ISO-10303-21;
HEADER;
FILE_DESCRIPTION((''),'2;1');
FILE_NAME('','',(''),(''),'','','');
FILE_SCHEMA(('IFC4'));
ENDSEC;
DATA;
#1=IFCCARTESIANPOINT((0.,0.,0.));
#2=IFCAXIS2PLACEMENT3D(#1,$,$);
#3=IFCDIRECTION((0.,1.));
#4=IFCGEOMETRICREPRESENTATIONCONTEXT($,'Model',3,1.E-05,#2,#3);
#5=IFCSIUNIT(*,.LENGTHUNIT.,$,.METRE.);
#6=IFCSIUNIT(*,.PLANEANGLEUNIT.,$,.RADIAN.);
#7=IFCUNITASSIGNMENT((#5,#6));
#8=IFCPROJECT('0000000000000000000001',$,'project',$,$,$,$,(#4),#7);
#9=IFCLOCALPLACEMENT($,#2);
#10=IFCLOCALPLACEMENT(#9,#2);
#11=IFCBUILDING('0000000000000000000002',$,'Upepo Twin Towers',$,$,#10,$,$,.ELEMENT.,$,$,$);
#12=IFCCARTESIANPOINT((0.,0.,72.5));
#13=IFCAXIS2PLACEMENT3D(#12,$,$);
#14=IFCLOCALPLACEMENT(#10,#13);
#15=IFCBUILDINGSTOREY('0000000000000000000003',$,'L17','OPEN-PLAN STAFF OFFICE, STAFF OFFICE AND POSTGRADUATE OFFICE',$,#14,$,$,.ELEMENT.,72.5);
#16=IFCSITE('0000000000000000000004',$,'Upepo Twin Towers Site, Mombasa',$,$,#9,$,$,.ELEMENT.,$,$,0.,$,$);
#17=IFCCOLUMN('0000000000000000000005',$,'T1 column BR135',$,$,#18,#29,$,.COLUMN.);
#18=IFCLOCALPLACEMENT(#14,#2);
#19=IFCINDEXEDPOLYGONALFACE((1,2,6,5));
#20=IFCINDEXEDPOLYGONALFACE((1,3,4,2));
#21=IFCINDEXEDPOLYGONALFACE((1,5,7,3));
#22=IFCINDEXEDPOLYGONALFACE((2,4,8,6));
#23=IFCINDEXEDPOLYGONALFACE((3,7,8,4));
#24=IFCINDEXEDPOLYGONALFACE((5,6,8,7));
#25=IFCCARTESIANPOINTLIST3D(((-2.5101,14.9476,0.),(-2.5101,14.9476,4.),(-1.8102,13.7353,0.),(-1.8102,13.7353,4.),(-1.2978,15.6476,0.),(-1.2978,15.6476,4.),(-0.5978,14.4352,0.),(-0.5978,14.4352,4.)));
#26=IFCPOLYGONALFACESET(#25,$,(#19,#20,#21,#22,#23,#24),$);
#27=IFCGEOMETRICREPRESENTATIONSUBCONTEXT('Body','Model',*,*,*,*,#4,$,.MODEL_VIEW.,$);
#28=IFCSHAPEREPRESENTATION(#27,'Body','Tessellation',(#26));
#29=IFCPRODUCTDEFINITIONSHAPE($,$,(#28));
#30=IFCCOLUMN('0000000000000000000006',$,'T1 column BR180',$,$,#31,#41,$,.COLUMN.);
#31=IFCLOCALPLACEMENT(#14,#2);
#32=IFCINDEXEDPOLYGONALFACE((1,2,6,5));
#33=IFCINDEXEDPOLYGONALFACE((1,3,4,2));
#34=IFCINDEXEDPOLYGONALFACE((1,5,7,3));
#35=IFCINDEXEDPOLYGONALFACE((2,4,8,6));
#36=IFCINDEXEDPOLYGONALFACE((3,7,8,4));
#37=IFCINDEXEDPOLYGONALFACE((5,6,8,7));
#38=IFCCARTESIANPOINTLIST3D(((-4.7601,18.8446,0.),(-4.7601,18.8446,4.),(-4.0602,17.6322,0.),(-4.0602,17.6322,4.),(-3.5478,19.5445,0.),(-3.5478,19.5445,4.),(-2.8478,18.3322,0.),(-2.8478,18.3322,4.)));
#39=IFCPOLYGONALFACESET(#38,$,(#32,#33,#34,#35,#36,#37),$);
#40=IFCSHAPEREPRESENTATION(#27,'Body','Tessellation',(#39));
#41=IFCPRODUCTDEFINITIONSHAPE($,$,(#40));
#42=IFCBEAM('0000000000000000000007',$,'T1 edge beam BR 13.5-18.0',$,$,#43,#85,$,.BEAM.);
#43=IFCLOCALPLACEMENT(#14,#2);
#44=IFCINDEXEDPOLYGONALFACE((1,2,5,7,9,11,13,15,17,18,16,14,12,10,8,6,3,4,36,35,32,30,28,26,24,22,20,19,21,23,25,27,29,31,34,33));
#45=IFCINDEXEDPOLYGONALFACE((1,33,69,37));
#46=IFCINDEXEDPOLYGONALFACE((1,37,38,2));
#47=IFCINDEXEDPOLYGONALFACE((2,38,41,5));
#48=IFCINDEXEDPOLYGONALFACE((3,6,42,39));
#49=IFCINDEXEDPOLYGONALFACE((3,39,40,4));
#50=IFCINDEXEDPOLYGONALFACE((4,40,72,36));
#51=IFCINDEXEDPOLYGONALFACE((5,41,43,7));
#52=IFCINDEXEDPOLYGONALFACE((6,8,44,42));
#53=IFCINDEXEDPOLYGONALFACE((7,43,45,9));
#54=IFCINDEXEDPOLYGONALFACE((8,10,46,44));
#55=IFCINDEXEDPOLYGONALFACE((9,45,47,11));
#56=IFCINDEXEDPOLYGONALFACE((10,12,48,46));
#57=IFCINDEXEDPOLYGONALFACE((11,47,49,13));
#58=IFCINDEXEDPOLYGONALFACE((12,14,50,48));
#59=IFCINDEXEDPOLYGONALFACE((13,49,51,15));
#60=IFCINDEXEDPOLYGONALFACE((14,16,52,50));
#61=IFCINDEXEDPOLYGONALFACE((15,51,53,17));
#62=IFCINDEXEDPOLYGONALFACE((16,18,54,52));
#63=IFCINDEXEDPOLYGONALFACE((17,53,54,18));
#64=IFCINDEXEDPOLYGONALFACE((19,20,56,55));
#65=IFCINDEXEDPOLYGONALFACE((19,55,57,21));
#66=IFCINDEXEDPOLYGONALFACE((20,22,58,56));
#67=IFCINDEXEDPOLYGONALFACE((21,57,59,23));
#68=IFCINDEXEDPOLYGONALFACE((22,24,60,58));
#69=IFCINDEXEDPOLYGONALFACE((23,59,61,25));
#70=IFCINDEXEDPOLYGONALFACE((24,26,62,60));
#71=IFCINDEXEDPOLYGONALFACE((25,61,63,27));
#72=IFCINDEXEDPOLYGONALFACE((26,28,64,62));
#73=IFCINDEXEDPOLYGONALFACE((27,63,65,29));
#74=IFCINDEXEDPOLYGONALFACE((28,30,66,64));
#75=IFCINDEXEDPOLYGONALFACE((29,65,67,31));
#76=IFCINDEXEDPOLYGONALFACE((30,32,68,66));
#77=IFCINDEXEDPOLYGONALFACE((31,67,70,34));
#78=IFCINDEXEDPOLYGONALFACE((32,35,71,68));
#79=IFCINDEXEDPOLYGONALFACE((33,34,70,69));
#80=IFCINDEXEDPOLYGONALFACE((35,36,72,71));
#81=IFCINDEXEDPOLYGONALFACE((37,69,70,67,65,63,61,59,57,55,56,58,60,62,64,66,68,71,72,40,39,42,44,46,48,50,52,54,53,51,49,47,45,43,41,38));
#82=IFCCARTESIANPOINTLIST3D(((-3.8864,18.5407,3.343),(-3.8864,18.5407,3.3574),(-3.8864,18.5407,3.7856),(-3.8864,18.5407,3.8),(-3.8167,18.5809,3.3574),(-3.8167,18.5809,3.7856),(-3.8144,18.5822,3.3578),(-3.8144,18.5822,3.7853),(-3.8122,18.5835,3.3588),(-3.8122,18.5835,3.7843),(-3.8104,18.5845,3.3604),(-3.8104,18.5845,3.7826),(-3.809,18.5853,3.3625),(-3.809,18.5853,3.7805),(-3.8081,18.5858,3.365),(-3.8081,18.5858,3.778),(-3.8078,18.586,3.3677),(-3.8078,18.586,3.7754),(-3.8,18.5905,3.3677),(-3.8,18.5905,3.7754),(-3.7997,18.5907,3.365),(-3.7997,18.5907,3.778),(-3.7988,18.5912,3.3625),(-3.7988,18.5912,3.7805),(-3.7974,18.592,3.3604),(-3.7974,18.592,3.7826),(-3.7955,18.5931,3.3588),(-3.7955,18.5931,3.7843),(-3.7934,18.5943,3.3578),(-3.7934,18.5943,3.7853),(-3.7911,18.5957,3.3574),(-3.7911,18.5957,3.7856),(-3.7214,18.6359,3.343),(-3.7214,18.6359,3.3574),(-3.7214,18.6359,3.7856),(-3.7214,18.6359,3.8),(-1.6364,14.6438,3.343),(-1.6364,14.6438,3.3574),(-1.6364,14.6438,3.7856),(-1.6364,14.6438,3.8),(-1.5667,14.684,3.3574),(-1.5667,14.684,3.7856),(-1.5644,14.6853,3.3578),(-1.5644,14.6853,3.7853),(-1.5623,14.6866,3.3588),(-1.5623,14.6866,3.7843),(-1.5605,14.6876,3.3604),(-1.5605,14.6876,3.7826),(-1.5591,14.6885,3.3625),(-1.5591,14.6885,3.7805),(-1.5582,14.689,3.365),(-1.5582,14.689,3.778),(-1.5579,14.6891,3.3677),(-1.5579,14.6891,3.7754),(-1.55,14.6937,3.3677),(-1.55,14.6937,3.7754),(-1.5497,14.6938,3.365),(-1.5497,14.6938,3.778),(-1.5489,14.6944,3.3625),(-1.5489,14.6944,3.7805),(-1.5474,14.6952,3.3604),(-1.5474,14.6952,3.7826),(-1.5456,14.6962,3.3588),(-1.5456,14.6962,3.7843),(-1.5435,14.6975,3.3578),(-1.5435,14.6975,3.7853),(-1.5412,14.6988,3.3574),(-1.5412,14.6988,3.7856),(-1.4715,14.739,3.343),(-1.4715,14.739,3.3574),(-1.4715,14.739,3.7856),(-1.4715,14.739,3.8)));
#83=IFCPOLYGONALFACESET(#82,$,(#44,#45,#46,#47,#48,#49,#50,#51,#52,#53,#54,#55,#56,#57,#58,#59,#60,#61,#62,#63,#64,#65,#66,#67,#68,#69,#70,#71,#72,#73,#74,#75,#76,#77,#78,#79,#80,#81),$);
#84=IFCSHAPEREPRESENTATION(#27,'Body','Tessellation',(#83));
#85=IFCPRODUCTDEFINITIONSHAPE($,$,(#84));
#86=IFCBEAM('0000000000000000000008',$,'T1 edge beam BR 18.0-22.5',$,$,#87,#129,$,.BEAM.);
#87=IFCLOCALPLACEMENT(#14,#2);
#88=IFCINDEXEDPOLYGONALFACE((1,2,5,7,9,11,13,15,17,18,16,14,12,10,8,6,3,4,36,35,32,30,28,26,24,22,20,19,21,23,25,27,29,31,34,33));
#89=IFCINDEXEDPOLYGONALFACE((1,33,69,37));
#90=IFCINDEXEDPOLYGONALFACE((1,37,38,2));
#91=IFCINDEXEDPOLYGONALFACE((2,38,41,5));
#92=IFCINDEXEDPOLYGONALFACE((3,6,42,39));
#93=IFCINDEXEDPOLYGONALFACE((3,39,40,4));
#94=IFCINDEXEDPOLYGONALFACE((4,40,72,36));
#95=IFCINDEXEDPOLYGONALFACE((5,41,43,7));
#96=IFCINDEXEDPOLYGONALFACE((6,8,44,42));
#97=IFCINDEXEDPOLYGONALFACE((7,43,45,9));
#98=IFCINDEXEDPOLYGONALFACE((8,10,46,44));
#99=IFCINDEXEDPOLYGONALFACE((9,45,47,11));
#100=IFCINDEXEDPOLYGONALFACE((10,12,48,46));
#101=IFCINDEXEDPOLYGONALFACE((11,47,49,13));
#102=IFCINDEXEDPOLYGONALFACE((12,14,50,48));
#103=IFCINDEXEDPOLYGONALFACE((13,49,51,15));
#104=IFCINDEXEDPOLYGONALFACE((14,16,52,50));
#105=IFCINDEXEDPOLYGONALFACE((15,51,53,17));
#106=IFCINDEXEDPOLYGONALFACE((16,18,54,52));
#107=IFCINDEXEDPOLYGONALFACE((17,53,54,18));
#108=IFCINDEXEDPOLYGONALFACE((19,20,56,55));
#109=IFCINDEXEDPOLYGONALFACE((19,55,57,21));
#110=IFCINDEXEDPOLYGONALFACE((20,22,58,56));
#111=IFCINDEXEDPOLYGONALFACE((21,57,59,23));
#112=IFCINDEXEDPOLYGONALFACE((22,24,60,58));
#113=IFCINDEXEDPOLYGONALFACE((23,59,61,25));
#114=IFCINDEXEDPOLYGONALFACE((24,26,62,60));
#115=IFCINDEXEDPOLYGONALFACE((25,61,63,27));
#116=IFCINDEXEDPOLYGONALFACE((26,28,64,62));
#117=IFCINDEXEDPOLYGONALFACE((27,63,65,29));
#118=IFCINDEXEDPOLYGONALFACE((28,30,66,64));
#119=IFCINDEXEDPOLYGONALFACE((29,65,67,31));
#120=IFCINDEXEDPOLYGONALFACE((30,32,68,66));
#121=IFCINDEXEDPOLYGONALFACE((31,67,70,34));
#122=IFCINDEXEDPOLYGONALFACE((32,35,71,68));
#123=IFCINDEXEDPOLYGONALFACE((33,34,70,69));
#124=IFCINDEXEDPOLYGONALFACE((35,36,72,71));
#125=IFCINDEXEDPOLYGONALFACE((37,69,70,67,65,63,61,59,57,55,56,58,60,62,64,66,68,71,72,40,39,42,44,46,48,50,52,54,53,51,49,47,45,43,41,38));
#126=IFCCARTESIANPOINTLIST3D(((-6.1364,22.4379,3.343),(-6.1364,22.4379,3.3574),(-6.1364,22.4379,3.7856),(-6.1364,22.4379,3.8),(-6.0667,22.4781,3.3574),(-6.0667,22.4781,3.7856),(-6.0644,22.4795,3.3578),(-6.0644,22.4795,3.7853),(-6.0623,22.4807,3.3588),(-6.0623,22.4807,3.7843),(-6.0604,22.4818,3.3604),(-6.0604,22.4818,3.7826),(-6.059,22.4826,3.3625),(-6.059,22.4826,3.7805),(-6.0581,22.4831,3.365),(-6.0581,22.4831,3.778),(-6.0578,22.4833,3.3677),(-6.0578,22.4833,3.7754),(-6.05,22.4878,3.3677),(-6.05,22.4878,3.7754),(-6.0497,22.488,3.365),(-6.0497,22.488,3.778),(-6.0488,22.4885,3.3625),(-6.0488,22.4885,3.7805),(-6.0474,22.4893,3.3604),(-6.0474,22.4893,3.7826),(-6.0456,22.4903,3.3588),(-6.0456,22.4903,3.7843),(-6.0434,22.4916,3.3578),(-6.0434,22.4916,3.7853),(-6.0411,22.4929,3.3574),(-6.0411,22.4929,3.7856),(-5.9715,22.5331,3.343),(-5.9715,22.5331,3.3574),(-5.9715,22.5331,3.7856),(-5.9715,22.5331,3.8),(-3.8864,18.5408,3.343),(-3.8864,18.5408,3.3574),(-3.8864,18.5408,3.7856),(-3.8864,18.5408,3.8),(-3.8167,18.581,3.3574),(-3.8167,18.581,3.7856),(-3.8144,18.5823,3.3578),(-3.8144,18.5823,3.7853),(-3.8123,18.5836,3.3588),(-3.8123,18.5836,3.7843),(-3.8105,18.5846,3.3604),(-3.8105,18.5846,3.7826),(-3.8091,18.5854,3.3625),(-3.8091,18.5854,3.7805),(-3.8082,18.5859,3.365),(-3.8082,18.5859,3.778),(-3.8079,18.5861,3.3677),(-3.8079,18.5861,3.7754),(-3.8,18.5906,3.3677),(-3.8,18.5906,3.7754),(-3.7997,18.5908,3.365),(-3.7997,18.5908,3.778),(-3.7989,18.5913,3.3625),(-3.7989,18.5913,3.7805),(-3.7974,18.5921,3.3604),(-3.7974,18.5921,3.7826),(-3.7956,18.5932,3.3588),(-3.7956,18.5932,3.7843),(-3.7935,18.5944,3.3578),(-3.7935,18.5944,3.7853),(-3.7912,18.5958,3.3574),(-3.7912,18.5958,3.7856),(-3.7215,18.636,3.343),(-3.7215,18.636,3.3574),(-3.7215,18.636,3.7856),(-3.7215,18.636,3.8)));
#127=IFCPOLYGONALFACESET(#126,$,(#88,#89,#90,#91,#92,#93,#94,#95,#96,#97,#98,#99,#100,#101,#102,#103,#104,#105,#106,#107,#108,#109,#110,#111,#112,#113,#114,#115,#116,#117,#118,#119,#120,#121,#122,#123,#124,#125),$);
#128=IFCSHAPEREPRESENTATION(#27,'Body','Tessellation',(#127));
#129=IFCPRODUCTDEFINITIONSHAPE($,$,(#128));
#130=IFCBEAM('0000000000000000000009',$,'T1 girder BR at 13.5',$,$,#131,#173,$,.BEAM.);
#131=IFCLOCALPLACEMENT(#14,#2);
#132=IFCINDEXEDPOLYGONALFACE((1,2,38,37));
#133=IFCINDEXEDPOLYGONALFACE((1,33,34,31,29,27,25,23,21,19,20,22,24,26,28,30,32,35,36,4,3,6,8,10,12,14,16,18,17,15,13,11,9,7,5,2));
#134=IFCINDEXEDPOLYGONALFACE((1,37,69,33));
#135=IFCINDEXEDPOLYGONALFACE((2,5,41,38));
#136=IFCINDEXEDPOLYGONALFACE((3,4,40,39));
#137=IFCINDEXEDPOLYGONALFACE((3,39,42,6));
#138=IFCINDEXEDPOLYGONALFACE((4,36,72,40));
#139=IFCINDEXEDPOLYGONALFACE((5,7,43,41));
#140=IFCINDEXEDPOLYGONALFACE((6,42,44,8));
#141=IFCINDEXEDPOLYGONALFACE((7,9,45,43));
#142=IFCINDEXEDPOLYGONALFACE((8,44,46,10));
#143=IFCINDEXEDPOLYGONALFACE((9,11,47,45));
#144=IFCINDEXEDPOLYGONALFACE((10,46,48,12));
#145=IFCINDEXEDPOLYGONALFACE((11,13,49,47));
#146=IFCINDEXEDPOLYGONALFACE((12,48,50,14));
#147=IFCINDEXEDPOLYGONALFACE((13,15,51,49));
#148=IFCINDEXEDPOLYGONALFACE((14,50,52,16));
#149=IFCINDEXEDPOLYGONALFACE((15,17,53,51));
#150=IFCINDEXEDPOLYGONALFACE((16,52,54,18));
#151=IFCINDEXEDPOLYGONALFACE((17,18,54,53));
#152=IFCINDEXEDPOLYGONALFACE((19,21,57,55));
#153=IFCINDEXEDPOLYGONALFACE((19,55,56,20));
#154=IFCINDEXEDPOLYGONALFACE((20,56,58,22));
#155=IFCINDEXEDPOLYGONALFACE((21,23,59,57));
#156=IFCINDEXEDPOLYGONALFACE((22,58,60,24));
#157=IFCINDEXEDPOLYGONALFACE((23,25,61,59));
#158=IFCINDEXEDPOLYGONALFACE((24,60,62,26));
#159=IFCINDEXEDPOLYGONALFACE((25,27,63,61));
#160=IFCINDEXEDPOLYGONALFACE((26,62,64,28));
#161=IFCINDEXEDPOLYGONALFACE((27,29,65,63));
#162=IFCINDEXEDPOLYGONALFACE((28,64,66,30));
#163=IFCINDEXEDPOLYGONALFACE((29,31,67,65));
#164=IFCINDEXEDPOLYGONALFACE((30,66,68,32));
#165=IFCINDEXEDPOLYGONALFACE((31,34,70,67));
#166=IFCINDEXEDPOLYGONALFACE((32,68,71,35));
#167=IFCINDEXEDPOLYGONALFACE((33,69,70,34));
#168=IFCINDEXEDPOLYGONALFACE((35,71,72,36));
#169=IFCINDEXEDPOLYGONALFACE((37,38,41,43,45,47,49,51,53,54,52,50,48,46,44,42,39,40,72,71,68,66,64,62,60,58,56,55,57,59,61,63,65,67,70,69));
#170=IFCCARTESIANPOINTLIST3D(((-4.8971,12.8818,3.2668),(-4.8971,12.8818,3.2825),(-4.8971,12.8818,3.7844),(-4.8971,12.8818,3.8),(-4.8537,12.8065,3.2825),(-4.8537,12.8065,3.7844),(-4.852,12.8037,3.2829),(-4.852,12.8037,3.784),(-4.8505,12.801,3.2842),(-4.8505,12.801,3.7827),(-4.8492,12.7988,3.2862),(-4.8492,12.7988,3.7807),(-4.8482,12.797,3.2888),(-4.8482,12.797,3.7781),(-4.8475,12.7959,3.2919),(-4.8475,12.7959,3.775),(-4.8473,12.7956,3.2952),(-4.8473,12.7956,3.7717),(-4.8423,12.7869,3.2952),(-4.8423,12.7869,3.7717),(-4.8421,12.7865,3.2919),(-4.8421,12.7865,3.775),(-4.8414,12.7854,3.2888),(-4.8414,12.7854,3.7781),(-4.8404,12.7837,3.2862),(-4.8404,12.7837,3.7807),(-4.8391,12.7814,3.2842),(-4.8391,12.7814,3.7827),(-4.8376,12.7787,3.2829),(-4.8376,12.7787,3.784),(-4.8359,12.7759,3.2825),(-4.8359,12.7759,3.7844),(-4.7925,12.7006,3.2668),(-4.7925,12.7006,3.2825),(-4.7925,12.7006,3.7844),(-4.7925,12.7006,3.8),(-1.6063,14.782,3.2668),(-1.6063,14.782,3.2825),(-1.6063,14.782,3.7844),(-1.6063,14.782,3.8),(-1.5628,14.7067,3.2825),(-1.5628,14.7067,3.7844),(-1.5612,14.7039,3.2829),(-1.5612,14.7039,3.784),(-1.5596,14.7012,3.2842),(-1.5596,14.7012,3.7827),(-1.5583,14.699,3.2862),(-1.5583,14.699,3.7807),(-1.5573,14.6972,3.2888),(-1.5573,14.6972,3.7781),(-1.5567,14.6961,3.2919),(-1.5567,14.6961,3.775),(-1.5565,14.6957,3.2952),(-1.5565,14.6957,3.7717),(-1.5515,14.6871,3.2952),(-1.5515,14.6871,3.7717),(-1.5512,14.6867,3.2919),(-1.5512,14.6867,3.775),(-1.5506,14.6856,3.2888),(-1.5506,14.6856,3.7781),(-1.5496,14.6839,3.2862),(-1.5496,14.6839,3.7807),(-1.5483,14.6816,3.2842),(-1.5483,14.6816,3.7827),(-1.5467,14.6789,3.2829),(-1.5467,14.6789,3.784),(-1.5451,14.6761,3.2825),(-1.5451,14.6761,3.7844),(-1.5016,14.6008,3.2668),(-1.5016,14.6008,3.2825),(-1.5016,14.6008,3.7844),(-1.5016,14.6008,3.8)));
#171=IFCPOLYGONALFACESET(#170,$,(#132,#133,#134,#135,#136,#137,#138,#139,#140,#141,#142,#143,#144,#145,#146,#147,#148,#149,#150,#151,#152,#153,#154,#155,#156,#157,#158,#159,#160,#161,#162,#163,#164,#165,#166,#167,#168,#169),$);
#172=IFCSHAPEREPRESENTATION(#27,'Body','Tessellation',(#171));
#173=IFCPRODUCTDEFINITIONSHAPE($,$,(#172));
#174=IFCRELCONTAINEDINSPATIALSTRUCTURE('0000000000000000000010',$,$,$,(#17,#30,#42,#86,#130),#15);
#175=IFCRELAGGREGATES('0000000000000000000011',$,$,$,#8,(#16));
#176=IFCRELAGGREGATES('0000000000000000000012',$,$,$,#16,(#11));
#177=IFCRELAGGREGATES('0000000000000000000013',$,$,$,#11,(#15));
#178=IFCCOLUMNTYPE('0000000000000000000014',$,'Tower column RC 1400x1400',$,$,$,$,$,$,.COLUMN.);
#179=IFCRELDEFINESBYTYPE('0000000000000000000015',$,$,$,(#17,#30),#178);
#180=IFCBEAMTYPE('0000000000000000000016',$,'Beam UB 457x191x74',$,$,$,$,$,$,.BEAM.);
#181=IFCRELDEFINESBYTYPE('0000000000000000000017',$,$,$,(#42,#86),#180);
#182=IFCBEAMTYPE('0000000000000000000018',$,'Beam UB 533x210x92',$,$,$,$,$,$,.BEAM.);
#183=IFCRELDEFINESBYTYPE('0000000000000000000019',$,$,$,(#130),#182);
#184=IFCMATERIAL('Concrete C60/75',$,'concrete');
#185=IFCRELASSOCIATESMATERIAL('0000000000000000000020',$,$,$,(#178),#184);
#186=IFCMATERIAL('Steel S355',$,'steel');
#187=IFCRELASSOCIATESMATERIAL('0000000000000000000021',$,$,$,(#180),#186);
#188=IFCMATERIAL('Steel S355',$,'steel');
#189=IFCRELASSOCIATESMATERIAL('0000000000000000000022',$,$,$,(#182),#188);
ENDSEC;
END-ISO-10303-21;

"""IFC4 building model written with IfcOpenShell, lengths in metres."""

from ifc_helpers import new_model, si_unit, direction, frame, origin, origin_2d, place, context, subcontext, project, spatial, rectangle, i_section, extrude, material, material_profile, profile_set, type_object, element, save


model = new_model("IFC4")

# Units and contexts
model_context = context("Model", 3, precision=1e-05, world=origin(), true_north=direction((0.0, 1.0)))
body_context = subcontext(model_context, "Body", "Model", "MODEL_VIEW")
ifc_project = project(units=[si_unit("LENGTHUNIT", "METRE"), si_unit("PLANEANGLEUNIT", "RADIAN")], contexts=[model_context])

# Site, building, storey
site_placement = place(None, origin())
site = spatial("IfcSite", under=ifc_project, at=site_placement, Name="Upepo Twin Towers Site, Mombasa", CompositionType="ELEMENT", RefElevation=0.0)
building_placement = place(site_placement, origin())
building = spatial("IfcBuilding", under=site, at=building_placement, Name="Upepo Twin Towers", CompositionType="ELEMENT")
storey_placement = place(building_placement, frame((0.0, 0.0, 72.5)))
storey = spatial("IfcBuildingStorey", under=building, at=storey_placement, Name="L17", Description="OPEN-PLAN STAFF OFFICE, STAFF OFFICE AND POSTGRADUATE OFFICE", CompositionType="ELEMENT", Elevation=72.5)

# Columns
ifc_material_1 = material(Name="Concrete C60/75", Category="concrete")
ifc_material_profile_1 = material_profile(ifc_material_1, rectangle(XDim=1.3999, YDim=1.3999, at=origin_2d()), Name="RC 1400x1400")
ifc_profile_set_1 = profile_set([ifc_material_profile_1], Name="Concrete C60/75")
column_type = type_object("IfcColumnType", Name="Tower column RC 1400x1400", PredefinedType="COLUMN", material=ifc_profile_set_1)
for number, where, z_axis, x_axis, name in (
    (1, (-1.554, 14.6914, 0.0), (0.0, 0.0, 1.0), (0.866025, 0.5, 0.0), "T1 column BR135"),
    (2, (-3.804, 18.5884, 0.0), (0.0, 0.0, 1.0), (0.866025, 0.5, 0.0), "T1 column BR180"),
):
    element("IfcColumn", number, at=place(storey_placement, frame(where, z_axis=z_axis, x_axis=x_axis)), inside=storey, type_object=column_type, Name=name, PredefinedType="COLUMN", context=body_context, shape_type="SweptSolid", body=[
        extrude(rectangle(XDim=1.3999, YDim=1.3999, at=origin_2d()), origin(), (0.0, 0.0, 1.0), 4.0),
    ])

# Beams
ifc_material_2 = material(Name="Steel S355", Category="steel")
ifc_material_profile_2 = material_profile(ifc_material_2, i_section(OverallWidth=0.1904, OverallDepth=0.457, WebThickness=0.009, FlangeThickness=0.0144, FilletRadius=0.0103, at=origin_2d()), Name="UB 457x191x74")
ifc_profile_set_2 = profile_set([ifc_material_profile_2], Name="Steel S355")
beam_type_1 = type_object("IfcBeamType", Name="Beam UB 457x191x74", PredefinedType="BEAM", material=ifc_profile_set_2)
beam_1_placement = place(storey_placement, frame((-1.554, 14.6914, 3.5715), z_axis=(-0.500014, 0.866018, 0.0), x_axis=(-0.866018, -0.500014, 0.0)))
element("IfcBeam", 3, at=beam_1_placement, inside=storey, type_object=beam_type_1, Name="T1 edge beam BR 13.5-18.0", PredefinedType="BEAM", context=body_context, shape_type="SweptSolid", body=[
    extrude(i_section(OverallWidth=0.1904, OverallDepth=0.457, WebThickness=0.009, FlangeThickness=0.0144, FilletRadius=0.0103, at=origin_2d()), origin(), (0.0, 0.0, 1.0), 4.4998),
])
beam_2_placement = place(storey_placement, frame((-3.804, 18.5884, 3.5715), z_axis=(-0.49999, 0.866031, 0.0), x_axis=(-0.866031, -0.49999, 0.0)))
element("IfcBeam", 4, at=beam_2_placement, inside=storey, type_object=beam_type_1, Name="T1 edge beam BR 18.0-22.5", PredefinedType="BEAM", context=body_context, shape_type="SweptSolid", body=[
    extrude(i_section(OverallWidth=0.1904, OverallDepth=0.457, WebThickness=0.009, FlangeThickness=0.0144, FilletRadius=0.0103, at=origin_2d()), origin(), (0.0, 0.0, 1.0), 4.5),
])
ifc_material_3 = material(Name="Steel S355", Category="steel")
ifc_material_profile_3 = material_profile(ifc_material_3, i_section(OverallWidth=0.2092, OverallDepth=0.5332, WebThickness=0.01, FlangeThickness=0.0156, FilletRadius=0.0127, at=origin_2d()), Name="UB 533x210x92")
ifc_profile_set_3 = profile_set([ifc_material_profile_3], Name="Steel S355")
beam_type_2 = type_object("IfcBeamType", Name="Beam UB 533x210x92", PredefinedType="BEAM", material=ifc_profile_set_3)
beam_3_placement = place(storey_placement, frame((-1.554, 14.6914, 3.5334), z_axis=(-0.866, -0.500043, 0.0), x_axis=(0.500043, -0.866, 0.0)))
element("IfcBeam", 5, at=beam_3_placement, inside=storey, type_object=beam_type_2, Name="T1 girder BR at 13.5", PredefinedType="BEAM", context=body_context, shape_type="SweptSolid", body=[
    extrude(i_section(OverallWidth=0.2092, OverallDepth=0.5332, WebThickness=0.01, FlangeThickness=0.0156, FilletRadius=0.0127, at=origin_2d()), origin(), (0.0, 0.0, 1.0), 3.8),
])

save(model, "model.ifc")
